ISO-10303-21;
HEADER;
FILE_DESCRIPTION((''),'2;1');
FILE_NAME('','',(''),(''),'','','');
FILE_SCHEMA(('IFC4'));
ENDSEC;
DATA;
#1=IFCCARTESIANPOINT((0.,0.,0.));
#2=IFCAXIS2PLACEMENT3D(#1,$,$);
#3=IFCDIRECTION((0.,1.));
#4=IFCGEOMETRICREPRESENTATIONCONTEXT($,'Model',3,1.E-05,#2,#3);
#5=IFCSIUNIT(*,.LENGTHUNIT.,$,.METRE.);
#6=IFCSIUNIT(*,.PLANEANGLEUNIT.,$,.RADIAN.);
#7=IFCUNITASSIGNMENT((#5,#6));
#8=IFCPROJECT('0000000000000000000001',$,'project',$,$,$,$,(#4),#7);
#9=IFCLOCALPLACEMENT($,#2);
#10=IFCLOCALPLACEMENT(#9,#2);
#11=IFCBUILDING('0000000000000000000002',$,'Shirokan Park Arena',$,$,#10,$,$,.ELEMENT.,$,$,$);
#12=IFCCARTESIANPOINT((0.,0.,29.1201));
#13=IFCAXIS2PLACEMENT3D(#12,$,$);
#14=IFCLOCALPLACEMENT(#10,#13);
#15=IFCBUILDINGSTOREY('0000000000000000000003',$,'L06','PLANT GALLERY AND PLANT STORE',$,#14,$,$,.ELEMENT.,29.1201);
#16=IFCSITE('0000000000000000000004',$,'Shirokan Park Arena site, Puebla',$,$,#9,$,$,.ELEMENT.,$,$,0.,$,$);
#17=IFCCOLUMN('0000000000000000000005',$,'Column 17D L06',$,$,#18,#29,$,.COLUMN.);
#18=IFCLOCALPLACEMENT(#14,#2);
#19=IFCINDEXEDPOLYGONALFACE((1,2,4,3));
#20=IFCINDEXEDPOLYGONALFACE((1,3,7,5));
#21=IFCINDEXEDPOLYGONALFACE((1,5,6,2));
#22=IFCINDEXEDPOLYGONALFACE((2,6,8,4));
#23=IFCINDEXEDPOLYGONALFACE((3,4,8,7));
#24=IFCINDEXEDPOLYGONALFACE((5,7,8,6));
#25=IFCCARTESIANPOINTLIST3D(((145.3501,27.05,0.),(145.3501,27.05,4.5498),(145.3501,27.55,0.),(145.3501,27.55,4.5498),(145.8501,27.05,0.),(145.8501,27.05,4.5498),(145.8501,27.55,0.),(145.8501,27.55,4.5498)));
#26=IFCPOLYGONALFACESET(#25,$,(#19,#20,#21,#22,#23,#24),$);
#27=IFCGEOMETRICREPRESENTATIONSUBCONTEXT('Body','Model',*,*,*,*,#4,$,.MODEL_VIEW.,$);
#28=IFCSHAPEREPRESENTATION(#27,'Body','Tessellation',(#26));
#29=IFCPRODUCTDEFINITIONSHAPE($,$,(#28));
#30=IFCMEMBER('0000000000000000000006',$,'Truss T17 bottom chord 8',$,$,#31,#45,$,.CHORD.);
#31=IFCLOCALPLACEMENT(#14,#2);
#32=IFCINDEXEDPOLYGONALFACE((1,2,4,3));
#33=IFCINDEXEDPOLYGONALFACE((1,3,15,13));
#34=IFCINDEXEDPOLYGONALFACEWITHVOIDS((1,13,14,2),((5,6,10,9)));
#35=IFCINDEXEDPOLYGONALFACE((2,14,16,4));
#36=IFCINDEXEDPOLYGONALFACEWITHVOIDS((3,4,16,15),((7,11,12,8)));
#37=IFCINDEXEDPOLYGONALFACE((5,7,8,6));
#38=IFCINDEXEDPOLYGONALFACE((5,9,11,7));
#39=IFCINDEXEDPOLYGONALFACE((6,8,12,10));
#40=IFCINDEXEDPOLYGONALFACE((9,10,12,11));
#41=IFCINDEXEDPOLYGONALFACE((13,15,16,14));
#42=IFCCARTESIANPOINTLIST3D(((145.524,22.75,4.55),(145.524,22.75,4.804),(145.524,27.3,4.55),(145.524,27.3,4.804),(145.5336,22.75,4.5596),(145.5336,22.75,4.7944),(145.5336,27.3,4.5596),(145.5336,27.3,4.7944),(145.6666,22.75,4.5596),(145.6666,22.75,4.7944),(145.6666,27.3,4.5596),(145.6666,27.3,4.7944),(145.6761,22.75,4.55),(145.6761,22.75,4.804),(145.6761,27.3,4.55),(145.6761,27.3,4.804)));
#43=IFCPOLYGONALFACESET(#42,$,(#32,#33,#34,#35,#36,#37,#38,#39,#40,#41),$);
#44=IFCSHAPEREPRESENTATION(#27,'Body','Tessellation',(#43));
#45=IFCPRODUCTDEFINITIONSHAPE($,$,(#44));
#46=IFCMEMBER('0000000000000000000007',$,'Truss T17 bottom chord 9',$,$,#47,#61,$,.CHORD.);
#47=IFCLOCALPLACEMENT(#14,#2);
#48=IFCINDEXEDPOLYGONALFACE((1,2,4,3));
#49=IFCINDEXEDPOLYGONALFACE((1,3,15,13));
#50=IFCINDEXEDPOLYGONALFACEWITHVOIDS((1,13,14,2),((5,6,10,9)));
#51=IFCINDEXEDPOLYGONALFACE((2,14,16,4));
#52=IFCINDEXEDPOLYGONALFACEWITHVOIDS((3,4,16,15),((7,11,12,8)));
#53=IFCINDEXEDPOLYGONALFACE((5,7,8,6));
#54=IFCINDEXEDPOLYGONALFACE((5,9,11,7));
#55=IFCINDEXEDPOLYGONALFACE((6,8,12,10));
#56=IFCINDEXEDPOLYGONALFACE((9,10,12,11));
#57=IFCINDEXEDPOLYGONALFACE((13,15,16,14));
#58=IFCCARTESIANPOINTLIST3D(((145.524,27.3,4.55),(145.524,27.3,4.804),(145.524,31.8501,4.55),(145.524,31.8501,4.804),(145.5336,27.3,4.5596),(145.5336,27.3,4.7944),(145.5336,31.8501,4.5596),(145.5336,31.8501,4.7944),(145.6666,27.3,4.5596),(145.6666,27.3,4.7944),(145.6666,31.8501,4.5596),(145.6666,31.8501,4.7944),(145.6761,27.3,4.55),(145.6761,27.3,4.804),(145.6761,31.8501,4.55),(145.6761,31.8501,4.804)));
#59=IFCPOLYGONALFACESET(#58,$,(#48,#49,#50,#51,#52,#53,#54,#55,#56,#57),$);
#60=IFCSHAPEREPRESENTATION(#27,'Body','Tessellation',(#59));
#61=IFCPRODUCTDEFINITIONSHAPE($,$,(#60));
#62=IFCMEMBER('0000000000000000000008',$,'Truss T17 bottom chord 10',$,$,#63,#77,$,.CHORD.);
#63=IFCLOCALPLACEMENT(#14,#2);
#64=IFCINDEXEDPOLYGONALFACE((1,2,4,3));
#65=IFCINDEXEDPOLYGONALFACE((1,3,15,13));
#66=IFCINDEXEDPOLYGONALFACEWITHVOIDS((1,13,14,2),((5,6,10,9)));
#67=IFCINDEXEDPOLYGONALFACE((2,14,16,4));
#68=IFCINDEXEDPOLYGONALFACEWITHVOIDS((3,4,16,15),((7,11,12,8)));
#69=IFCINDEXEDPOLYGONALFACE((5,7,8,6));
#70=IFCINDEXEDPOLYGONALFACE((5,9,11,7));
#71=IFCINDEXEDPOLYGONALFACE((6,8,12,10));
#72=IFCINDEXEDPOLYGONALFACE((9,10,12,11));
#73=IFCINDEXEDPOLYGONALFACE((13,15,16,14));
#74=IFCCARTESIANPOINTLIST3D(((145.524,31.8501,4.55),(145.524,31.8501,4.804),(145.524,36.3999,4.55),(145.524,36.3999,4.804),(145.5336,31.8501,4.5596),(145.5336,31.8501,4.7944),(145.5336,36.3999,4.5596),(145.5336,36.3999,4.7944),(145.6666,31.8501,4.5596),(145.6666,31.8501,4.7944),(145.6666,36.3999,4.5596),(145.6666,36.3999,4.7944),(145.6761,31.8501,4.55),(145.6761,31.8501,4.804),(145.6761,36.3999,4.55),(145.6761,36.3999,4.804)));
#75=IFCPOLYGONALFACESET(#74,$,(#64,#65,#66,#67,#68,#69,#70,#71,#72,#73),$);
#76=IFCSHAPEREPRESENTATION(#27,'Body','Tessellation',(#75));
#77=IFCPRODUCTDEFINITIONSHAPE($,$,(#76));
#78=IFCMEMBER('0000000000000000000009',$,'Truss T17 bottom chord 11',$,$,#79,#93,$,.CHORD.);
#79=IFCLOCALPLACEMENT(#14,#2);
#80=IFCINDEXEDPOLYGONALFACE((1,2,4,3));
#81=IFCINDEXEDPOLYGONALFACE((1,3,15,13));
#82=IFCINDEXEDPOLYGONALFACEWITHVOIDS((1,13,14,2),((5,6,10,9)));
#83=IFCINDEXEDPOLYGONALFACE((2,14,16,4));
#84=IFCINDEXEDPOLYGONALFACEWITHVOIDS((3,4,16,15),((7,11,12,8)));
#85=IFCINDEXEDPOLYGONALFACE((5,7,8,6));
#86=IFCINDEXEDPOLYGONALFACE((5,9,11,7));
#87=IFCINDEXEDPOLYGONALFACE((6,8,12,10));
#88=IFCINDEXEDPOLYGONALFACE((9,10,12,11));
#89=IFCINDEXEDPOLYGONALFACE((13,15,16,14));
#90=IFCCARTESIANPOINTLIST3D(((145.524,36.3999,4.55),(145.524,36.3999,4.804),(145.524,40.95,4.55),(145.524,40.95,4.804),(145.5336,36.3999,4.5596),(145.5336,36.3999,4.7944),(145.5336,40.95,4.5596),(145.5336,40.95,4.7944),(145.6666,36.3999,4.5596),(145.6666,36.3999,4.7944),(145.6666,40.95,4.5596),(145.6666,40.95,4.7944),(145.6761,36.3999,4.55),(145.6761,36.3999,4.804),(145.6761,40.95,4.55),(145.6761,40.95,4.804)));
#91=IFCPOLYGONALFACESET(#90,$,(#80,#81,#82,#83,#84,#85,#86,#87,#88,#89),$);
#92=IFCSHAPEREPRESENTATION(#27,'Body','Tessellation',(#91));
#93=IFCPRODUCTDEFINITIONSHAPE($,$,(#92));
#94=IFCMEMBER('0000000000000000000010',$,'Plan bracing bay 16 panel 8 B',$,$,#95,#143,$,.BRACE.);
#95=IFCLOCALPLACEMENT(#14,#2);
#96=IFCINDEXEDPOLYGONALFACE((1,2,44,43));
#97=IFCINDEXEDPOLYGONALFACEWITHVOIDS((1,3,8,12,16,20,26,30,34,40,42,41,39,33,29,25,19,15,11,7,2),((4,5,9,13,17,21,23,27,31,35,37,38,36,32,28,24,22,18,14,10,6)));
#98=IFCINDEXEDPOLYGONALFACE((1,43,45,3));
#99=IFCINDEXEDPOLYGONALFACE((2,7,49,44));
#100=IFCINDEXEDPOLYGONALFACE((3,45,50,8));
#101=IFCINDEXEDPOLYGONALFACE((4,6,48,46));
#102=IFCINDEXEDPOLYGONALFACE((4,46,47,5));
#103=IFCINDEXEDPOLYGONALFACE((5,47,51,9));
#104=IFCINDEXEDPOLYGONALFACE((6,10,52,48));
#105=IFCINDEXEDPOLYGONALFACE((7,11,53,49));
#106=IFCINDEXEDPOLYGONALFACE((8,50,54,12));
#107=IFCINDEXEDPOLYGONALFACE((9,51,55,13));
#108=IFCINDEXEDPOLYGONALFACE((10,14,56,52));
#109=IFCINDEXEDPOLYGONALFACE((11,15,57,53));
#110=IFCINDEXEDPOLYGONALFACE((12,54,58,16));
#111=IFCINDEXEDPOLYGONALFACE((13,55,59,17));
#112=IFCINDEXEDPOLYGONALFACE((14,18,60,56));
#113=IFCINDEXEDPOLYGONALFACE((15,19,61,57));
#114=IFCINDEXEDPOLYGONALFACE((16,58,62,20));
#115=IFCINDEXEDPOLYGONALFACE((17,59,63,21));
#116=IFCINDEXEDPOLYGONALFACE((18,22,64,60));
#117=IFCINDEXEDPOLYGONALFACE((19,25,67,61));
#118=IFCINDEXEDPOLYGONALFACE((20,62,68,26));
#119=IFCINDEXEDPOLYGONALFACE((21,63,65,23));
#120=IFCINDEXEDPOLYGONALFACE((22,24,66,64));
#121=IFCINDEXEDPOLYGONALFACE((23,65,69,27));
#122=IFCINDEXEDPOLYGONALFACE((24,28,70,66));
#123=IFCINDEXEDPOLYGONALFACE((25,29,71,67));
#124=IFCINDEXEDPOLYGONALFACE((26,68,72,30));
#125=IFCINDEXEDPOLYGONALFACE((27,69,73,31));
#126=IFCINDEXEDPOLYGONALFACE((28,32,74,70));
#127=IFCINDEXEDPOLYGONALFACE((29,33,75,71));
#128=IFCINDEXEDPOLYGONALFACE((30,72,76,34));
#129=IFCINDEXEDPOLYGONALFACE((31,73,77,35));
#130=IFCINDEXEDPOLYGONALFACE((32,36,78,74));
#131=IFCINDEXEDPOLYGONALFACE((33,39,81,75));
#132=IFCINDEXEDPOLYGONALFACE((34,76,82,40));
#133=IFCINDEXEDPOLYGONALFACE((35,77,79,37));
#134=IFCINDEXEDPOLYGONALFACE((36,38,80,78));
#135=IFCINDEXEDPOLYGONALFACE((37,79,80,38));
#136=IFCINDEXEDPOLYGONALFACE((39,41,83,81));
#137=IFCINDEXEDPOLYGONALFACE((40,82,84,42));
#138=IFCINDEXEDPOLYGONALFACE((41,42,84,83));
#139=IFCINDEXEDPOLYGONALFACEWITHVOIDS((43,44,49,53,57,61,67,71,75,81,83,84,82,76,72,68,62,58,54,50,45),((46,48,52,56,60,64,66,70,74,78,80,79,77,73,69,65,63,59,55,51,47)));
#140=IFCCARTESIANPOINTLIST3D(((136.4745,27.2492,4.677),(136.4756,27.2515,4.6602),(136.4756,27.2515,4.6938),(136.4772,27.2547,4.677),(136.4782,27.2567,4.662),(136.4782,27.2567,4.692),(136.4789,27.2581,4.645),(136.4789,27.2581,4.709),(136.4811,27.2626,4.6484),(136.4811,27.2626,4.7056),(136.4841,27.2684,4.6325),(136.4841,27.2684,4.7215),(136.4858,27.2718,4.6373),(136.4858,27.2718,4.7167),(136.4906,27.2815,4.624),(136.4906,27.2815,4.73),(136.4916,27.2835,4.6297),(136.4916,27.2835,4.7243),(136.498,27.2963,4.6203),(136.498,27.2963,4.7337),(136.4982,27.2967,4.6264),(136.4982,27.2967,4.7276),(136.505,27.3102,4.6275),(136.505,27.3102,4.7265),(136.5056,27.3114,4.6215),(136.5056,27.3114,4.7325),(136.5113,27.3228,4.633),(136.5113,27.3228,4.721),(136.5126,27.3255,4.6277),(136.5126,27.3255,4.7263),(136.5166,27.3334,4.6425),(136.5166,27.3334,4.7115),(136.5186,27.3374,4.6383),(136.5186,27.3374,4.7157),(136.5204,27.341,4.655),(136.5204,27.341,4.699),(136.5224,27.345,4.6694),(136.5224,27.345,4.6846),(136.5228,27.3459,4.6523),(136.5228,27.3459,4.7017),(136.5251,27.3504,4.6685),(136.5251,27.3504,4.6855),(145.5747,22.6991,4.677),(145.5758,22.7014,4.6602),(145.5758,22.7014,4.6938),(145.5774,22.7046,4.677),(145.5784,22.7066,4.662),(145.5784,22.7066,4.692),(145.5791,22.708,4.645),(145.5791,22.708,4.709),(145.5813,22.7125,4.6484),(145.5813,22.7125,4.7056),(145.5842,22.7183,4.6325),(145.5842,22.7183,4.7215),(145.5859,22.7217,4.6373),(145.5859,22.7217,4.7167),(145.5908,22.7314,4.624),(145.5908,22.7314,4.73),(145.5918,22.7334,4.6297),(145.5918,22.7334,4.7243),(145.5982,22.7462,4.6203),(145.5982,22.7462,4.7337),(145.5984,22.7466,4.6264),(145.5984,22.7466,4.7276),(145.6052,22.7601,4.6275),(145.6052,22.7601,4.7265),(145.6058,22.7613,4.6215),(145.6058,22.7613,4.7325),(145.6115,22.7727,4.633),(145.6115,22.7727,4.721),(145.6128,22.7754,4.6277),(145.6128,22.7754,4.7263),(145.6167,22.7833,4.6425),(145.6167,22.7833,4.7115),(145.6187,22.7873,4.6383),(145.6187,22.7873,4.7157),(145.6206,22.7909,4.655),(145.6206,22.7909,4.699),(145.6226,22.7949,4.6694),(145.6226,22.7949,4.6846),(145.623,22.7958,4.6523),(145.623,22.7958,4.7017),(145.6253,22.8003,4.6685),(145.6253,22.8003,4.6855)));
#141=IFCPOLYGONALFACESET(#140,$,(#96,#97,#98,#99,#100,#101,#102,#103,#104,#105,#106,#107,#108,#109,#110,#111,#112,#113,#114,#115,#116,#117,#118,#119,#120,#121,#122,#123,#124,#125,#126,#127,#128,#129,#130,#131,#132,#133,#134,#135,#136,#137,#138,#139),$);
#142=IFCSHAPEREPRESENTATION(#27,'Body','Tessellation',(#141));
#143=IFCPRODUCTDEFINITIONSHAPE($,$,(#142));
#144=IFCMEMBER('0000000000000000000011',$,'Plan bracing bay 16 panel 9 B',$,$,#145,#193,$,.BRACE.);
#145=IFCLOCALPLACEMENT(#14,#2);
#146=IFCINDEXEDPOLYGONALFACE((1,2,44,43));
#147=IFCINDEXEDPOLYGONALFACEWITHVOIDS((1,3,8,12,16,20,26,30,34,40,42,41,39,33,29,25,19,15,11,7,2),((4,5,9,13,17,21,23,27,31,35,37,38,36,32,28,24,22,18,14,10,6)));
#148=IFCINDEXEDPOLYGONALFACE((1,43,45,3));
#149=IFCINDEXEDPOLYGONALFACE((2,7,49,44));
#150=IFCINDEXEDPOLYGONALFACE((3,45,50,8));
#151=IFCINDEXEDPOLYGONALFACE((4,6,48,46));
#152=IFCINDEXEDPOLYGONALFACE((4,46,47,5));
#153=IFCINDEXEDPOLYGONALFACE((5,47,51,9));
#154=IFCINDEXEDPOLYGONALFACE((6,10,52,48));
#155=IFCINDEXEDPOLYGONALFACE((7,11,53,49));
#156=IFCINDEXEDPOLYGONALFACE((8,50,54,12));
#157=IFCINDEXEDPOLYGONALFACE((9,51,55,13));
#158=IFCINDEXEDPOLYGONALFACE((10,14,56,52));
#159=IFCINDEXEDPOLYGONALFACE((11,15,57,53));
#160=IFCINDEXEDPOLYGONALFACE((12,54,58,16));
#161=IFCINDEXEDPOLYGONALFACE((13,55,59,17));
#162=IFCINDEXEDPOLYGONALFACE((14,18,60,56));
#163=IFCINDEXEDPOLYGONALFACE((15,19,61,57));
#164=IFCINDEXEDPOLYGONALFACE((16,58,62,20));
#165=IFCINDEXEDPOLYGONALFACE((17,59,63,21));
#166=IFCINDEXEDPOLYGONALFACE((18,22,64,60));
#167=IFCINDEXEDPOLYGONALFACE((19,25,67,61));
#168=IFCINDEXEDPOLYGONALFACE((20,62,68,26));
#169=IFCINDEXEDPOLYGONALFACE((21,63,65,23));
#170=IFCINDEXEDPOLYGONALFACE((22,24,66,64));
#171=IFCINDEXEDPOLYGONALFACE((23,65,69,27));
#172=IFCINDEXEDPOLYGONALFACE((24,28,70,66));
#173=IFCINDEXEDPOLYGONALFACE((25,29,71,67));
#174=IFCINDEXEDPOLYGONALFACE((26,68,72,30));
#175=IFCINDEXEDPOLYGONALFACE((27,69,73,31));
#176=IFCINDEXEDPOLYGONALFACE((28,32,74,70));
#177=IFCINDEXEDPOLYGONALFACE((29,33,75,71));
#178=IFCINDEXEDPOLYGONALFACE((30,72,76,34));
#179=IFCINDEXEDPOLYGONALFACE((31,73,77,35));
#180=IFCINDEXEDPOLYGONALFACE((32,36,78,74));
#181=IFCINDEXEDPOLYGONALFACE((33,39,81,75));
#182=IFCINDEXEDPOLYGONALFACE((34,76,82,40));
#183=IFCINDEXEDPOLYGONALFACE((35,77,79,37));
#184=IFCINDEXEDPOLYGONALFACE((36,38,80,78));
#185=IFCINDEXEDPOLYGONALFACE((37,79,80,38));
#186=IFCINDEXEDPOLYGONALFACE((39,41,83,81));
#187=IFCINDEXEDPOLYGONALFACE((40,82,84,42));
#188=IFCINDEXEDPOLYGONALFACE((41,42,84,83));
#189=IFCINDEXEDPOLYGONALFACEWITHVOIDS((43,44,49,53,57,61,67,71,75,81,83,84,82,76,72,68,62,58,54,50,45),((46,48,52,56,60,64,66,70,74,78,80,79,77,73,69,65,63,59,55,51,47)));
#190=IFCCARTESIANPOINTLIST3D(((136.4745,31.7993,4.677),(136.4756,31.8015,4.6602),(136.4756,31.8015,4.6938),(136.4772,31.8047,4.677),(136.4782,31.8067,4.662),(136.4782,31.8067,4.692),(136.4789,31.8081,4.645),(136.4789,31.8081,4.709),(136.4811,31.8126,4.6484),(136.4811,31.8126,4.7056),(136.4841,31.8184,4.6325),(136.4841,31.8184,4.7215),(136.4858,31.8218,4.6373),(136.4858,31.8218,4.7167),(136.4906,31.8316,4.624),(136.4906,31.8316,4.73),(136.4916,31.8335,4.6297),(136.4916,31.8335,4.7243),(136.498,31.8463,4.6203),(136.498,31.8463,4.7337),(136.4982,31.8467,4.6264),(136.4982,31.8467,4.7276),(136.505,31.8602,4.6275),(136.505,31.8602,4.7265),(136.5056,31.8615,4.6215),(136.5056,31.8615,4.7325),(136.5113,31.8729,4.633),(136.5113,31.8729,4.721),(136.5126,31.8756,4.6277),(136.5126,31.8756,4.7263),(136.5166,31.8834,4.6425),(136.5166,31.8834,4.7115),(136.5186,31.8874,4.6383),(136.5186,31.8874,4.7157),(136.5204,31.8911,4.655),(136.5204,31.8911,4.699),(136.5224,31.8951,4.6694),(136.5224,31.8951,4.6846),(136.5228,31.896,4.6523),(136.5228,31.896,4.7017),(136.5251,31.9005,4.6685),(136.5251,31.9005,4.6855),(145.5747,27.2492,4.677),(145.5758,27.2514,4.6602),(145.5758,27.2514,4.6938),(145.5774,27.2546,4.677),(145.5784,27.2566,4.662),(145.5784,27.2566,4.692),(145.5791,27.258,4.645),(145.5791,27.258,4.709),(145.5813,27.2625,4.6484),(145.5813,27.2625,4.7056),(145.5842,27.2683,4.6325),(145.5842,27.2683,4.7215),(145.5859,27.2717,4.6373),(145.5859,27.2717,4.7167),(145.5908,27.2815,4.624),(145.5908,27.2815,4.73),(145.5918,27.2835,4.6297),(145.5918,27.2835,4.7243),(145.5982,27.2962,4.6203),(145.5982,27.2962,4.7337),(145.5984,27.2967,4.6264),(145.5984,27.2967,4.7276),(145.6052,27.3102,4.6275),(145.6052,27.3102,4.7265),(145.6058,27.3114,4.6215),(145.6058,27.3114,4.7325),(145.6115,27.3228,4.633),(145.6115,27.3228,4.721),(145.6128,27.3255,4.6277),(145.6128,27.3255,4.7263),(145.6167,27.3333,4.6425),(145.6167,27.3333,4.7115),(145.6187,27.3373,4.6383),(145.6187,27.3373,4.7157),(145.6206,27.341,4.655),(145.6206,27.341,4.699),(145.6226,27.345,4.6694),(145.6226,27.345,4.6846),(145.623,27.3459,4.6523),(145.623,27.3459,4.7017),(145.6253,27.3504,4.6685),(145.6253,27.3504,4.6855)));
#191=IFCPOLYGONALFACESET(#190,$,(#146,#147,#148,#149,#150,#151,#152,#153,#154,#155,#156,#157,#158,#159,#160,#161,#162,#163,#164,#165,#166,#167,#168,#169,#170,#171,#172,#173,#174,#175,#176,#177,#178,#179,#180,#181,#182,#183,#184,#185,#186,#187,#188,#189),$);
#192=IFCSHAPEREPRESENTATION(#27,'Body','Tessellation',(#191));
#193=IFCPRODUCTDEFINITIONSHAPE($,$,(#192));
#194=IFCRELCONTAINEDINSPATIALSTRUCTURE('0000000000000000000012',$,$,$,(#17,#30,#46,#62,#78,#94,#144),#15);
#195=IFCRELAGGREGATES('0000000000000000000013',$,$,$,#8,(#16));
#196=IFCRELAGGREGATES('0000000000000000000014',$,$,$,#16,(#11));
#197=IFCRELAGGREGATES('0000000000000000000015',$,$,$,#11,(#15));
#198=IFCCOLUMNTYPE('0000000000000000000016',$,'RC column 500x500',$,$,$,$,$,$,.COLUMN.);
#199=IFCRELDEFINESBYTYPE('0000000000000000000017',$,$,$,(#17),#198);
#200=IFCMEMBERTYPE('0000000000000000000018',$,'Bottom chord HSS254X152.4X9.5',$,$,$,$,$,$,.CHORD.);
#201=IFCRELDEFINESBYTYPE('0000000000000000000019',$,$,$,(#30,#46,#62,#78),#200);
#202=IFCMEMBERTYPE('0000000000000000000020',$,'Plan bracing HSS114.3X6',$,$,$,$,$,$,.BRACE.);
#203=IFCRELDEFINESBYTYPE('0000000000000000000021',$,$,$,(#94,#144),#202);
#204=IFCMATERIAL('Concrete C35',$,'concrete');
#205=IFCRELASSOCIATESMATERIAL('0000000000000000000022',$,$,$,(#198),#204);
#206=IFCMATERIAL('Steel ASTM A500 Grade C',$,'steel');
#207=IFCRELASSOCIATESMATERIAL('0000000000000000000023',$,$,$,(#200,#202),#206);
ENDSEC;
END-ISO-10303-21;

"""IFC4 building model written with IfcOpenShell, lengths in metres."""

from ifc_helpers import new_model, si_unit, direction, frame, origin, origin_2d, place, context, subcontext, project, spatial, rectangle, hollow_rectangle, hollow_circle, extrude, material, material_profile, profile_set, type_object, element, save


model = new_model("IFC4")

# Units and contexts
model_context = context("Model", 3, precision=1e-05, world=origin(), true_north=direction((0.0, 1.0)))
body_context = subcontext(model_context, "Body", "Model", "MODEL_VIEW")
ifc_project = project(units=[si_unit("LENGTHUNIT", "METRE"), si_unit("PLANEANGLEUNIT", "RADIAN")], contexts=[model_context])

# Site, building, storey
site_placement = place(None, origin())
site = spatial("IfcSite", under=ifc_project, at=site_placement, Name="Shirokan Park Arena site, Puebla", CompositionType="ELEMENT", RefElevation=0.0)
building_placement = place(site_placement, origin())
building = spatial("IfcBuilding", under=site, at=building_placement, Name="Shirokan Park Arena", CompositionType="ELEMENT")
storey_placement = place(building_placement, frame((0.0, 0.0, 29.1201)))
storey = spatial("IfcBuildingStorey", under=building, at=storey_placement, Name="L06", Description="PLANT GALLERY AND PLANT STORE", CompositionType="ELEMENT", Elevation=29.1201)

# Column
ifc_material_1 = material(Name="Concrete C35", Category="concrete")
ifc_material_profile_1 = material_profile(ifc_material_1, rectangle(XDim=0.5, YDim=0.5, at=origin_2d()), Name="500x500")
ifc_profile_set_1 = profile_set([ifc_material_profile_1], Name="Concrete C35")
column_type = type_object("IfcColumnType", Name="RC column 500x500", PredefinedType="COLUMN", material=ifc_profile_set_1)
column_placement = place(storey_placement, frame((145.6001, 27.3, 0.0), z_axis=(0.0, 0.0, 1.0), x_axis=(1.0, 0.0, 0.0)))
element("IfcColumn", 1, at=column_placement, inside=storey, type_object=column_type, Name="Column 17D L06", PredefinedType="COLUMN", context=body_context, shape_type="SweptSolid", body=[
    extrude(rectangle(XDim=0.5, YDim=0.5, at=origin_2d()), origin(), (0.0, 0.0, 1.0), 4.5498),
])

# Members
ifc_material_2 = material(Name="Steel ASTM A500 Grade C", Category="steel")
ifc_material_profile_2 = material_profile(ifc_material_2, hollow_rectangle(XDim=0.1521, YDim=0.2539, WallThickness=0.0095, at=origin_2d()), Name="HSS254X152.4X9.5")
ifc_profile_set_2 = profile_set([ifc_material_profile_2], Name="Steel ASTM A500 Grade C")
member_type_1 = type_object("IfcMemberType", Name="Bottom chord HSS254X152.4X9.5", PredefinedType="CHORD", material=ifc_profile_set_2)
for number, where, z_axis, x_axis, name in (
    (2, (145.6001, 22.75, 4.677), (0.0, 1.0, 0.0), (-1.0, 0.0, 0.0), "Truss T17 bottom chord 8"),
    (3, (145.6001, 27.3, 4.677), (0.0, 1.0, 0.0), (-1.0, 0.0, 0.0), "Truss T17 bottom chord 9"),
):
    element("IfcMember", number, at=place(storey_placement, frame(where, z_axis=z_axis, x_axis=x_axis)), inside=storey, type_object=member_type_1, Name=name, PredefinedType="CHORD", context=body_context, shape_type="SweptSolid", body=[
        extrude(hollow_rectangle(XDim=0.1521, YDim=0.2539, WallThickness=0.0095, at=origin_2d()), origin(), (0.0, 0.0, 1.0), 4.55),
    ])
member_1_placement = place(storey_placement, frame((145.6001, 31.8501, 4.677), z_axis=(0.0, 1.0, 0.0), x_axis=(-1.0, 0.0, 0.0)))
element("IfcMember", 4, at=member_1_placement, inside=storey, type_object=member_type_1, Name="Truss T17 bottom chord 10", PredefinedType="CHORD", context=body_context, shape_type="SweptSolid", body=[
    extrude(hollow_rectangle(XDim=0.1521, YDim=0.2539, WallThickness=0.0095, at=origin_2d()), origin(), (0.0, 0.0, 1.0), 4.5498),
])
member_2_placement = place(storey_placement, frame((145.6001, 36.3999, 4.677), z_axis=(0.0, 1.0, 0.0), x_axis=(-1.0, 0.0, 0.0)))
element("IfcMember", 5, at=member_2_placement, inside=storey, type_object=member_type_1, Name="Truss T17 bottom chord 11", PredefinedType="CHORD", context=body_context, shape_type="SweptSolid", body=[
    extrude(hollow_rectangle(XDim=0.1521, YDim=0.2539, WallThickness=0.0095, at=origin_2d()), origin(), (0.0, 0.0, 1.0), 4.55),
])
ifc_material_profile_3 = material_profile(ifc_material_2, hollow_circle(Radius=0.0569, WallThickness=0.0061, at=origin_2d()), Name="HSS114.3X6")
ifc_profile_set_3 = profile_set([ifc_material_profile_3], Name="Steel ASTM A500 Grade C")
member_type_2 = type_object("IfcMemberType", Name="Plan bracing HSS114.3X6", PredefinedType="BRACE", material=ifc_profile_set_3)
for number, where, z_axis, x_axis, name in (
    (6, (145.6001, 22.75, 4.677), (-0.894427, 0.447214, 0.0), (-0.447214, -0.894427, 0.0), "Plan bracing bay 16 panel 8 B"),
    (7, (145.6001, 27.3, 4.677), (-0.894427, 0.447214, 0.0), (-0.447214, -0.894427, 0.0), "Plan bracing bay 16 panel 9 B"),
):
    element("IfcMember", number, at=place(storey_placement, frame(where, z_axis=z_axis, x_axis=x_axis)), inside=storey, type_object=member_type_2, Name=name, PredefinedType="BRACE", context=body_context, shape_type="SweptSolid", body=[
        extrude(hollow_circle(Radius=0.0569, WallThickness=0.0061, at=origin_2d()), origin(), (0.0, 0.0, 1.0), 10.1743),
    ])

save(model, "model.ifc")
